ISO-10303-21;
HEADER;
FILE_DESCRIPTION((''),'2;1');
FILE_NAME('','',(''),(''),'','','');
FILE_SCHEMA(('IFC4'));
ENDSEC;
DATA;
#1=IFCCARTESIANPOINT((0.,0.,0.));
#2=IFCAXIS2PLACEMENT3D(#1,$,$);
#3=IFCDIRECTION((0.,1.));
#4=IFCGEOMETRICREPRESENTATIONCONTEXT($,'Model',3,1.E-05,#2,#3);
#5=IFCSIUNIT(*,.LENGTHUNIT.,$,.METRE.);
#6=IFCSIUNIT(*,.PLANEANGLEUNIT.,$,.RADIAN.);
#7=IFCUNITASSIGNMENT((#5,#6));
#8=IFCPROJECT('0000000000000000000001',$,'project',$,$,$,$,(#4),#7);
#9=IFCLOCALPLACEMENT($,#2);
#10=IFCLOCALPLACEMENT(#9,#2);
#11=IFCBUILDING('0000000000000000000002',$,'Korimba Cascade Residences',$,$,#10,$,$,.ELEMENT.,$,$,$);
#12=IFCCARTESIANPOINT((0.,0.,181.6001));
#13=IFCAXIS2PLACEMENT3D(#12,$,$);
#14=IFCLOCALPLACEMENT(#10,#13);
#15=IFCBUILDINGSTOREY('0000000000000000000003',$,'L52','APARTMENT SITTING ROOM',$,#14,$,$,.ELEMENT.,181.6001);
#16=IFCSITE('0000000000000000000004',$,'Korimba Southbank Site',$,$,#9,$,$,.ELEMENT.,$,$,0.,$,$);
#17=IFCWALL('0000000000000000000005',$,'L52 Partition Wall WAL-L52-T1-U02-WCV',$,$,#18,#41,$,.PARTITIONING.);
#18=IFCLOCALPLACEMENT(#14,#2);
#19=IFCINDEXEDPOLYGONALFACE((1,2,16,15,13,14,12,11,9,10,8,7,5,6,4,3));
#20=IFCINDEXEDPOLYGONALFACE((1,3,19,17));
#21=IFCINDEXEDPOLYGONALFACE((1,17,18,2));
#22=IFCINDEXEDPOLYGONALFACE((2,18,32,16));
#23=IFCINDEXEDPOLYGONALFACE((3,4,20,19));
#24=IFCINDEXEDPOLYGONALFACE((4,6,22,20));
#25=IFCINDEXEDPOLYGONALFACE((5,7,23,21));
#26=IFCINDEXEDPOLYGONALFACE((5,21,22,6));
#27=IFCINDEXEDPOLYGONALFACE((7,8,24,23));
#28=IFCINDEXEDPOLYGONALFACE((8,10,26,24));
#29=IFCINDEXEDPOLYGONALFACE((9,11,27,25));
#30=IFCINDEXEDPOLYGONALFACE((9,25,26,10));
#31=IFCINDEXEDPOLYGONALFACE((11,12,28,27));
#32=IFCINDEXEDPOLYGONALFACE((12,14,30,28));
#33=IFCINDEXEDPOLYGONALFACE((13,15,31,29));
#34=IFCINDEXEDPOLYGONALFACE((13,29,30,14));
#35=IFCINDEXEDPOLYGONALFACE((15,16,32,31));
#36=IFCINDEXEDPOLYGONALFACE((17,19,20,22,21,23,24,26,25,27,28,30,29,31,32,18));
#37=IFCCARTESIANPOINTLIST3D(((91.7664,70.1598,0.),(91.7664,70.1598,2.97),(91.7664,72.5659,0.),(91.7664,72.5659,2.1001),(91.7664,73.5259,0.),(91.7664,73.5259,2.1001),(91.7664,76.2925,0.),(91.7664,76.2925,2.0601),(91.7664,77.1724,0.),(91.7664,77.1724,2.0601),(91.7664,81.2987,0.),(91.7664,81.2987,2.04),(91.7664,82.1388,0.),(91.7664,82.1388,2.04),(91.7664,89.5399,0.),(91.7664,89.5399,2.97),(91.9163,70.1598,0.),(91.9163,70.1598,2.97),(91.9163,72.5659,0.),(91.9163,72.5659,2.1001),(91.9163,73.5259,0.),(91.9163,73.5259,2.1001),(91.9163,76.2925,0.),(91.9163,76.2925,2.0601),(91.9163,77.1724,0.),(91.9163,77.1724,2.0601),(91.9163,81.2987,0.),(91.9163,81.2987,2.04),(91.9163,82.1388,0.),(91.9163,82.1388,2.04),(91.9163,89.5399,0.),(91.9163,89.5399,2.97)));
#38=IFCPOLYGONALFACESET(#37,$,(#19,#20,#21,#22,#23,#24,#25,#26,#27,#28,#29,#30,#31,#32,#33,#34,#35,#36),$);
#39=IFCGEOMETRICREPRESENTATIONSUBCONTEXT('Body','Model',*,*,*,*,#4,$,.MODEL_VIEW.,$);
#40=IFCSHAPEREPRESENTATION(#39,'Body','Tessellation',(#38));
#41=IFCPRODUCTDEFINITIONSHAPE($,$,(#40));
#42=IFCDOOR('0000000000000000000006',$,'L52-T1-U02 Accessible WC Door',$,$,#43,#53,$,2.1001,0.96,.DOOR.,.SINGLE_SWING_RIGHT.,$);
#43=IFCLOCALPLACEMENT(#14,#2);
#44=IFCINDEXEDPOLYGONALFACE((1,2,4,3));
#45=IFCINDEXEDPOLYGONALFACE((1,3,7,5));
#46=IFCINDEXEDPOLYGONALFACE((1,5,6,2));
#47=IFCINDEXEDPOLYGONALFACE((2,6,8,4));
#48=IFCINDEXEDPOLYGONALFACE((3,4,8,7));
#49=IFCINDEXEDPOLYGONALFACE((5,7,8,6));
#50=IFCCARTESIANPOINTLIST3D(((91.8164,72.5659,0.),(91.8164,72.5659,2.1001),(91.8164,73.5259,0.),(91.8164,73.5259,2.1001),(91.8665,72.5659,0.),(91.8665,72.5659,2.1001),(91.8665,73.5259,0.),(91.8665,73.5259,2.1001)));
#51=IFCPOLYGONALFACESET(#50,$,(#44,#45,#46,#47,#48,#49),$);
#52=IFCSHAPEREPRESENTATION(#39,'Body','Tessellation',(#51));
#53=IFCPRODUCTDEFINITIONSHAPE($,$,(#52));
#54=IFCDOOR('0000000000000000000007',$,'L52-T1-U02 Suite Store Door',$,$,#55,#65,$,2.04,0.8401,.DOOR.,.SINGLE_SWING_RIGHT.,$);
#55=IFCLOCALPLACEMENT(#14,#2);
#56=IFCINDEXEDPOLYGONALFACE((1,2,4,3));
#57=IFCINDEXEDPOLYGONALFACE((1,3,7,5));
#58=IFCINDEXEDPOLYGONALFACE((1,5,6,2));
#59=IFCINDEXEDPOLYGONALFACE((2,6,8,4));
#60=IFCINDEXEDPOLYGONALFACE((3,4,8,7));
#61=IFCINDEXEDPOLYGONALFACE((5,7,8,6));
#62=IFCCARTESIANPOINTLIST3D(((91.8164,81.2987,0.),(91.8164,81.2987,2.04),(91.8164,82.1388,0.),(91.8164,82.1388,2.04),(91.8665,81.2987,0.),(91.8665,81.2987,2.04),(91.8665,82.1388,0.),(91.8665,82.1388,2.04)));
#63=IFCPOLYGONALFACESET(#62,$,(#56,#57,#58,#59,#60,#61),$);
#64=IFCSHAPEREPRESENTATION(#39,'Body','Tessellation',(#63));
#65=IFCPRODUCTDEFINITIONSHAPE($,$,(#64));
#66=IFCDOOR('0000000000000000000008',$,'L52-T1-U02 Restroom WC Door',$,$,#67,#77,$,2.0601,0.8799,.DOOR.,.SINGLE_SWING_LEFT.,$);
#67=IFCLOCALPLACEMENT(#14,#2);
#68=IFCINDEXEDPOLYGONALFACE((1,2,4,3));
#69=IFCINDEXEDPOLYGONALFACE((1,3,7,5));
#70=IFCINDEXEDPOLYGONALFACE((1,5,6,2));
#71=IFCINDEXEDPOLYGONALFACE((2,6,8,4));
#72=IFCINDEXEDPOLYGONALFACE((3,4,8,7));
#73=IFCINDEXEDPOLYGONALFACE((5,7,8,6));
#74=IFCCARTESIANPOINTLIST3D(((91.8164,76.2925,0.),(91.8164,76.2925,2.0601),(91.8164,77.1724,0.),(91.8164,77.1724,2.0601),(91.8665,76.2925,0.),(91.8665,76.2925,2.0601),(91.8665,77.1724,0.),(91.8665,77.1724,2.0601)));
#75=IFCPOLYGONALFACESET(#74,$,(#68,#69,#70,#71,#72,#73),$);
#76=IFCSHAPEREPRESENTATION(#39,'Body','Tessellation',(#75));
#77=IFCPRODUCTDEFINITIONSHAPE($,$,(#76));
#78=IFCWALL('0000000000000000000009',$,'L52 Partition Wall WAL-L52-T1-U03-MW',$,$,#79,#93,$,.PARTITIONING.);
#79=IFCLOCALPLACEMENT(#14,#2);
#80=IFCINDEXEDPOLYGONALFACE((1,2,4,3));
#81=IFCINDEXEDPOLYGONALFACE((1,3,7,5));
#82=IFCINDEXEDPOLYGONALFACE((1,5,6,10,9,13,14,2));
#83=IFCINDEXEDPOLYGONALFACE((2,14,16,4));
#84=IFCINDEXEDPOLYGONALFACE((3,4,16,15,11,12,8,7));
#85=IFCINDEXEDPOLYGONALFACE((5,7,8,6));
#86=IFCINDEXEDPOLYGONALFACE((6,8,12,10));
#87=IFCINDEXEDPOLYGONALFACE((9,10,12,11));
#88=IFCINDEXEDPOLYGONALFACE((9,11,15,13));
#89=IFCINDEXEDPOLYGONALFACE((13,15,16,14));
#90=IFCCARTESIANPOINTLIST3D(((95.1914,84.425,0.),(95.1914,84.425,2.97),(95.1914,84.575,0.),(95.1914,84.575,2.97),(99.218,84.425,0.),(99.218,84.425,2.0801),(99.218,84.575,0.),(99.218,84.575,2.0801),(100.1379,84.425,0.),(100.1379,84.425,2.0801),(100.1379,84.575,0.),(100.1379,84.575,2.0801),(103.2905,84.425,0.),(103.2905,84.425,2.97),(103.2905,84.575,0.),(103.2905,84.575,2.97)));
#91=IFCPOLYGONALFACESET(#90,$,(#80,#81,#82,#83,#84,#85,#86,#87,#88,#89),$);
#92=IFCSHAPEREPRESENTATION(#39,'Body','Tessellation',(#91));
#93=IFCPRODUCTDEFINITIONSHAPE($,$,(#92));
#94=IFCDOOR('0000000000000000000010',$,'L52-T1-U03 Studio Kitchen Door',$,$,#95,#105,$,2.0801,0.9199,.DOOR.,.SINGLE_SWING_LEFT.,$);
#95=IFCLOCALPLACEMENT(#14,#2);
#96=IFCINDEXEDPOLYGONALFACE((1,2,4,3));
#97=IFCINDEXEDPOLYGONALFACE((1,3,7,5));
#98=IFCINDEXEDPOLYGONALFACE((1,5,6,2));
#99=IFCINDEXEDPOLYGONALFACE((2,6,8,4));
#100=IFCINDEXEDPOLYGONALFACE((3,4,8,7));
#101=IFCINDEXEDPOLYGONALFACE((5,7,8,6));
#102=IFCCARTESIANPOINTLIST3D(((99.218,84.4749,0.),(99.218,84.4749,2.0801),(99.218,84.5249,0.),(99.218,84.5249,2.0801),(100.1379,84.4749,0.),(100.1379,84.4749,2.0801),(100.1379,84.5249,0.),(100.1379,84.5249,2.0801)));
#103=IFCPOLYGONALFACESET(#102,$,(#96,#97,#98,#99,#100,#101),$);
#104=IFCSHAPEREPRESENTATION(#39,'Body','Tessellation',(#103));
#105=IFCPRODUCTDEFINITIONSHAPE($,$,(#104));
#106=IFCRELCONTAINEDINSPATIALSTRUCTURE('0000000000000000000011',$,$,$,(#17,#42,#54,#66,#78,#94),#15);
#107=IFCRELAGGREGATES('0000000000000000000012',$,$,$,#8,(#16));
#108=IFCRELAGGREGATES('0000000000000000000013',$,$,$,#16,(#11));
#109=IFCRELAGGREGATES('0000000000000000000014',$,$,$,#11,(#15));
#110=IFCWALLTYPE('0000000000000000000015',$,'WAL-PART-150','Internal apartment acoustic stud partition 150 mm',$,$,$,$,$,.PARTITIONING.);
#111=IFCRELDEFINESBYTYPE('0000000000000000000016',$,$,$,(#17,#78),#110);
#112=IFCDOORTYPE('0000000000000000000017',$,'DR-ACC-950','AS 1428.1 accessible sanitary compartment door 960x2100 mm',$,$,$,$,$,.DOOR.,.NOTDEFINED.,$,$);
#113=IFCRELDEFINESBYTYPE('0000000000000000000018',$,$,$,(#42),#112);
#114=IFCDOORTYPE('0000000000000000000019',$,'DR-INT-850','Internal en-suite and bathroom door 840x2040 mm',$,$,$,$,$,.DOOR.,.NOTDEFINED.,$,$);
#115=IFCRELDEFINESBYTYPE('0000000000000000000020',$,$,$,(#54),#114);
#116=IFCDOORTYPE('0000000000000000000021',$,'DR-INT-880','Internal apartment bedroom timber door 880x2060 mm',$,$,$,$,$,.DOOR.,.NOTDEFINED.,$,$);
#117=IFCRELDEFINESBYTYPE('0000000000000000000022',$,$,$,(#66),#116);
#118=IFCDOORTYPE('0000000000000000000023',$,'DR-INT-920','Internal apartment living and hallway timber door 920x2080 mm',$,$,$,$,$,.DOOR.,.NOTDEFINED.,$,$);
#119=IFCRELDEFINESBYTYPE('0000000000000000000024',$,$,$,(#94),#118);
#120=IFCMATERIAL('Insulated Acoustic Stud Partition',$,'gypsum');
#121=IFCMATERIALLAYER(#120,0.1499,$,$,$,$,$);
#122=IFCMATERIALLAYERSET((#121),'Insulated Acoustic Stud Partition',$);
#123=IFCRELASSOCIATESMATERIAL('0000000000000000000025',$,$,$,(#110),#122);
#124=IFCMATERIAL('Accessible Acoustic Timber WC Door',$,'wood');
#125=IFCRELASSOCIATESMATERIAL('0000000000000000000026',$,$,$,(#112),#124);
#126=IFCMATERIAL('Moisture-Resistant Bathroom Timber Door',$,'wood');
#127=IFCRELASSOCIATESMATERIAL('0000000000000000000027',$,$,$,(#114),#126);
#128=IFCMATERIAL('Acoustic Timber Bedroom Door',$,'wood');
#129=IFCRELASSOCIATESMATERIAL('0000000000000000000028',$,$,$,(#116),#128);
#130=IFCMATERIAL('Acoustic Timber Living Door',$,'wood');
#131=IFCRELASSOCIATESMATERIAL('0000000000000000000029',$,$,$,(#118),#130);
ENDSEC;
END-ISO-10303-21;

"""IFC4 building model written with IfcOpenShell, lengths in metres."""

from ifc_helpers import new_model, si_unit, direction, frame, frame_2d, origin, place, context, subcontext, project, spatial, rectangle, extrude, material, layer, layer_set, type_object, element, fill, save


model = new_model("IFC4")

# Units and contexts
model_context = context("Model", 3, precision=1e-05, world=origin(), true_north=direction((0.0, 1.0)))
body_context = subcontext(model_context, "Body", "Model", "MODEL_VIEW")
ifc_project = project(units=[si_unit("LENGTHUNIT", "METRE"), si_unit("PLANEANGLEUNIT", "RADIAN")], contexts=[model_context])

# Site, building, storey
site_placement = place(None, origin())
site = spatial("IfcSite", under=ifc_project, at=site_placement, Name="Korimba Southbank Site", CompositionType="ELEMENT", RefElevation=0.0)
building_placement = place(site_placement, origin())
building = spatial("IfcBuilding", under=site, at=building_placement, Name="Korimba Cascade Residences", CompositionType="ELEMENT")
storey_placement = place(building_placement, frame((0.0, 0.0, 181.6001)))
storey = spatial("IfcBuildingStorey", under=building, at=storey_placement, Name="L52", Description="APARTMENT SITTING ROOM", CompositionType="ELEMENT", Elevation=181.6001)

# Shared definitions
ifc_material_1 = material(Name="Insulated Acoustic Stud Partition", Category="gypsum")
ifc_layer_1 = layer(ifc_material_1, 0.1499)
ifc_layer_set_1 = layer_set([ifc_layer_1], Name="Insulated Acoustic Stud Partition")
wall_type_1 = type_object("IfcWallType", Name="WAL-PART-150", Description="Internal apartment acoustic stud partition 150 mm", PredefinedType="PARTITIONING", material=ifc_layer_set_1)

# Wall, openings, doors
wall_1_placement = place(storey_placement, frame((91.8413, 70.1599, 0.0), z_axis=(0.0, 0.0, 1.0), x_axis=(0.0, 1.0, 0.0)))
wall_1 = element("IfcWall", 1, at=wall_1_placement, inside=storey, type_object=wall_type_1, Name="L52 Partition Wall WAL-L52-T1-U02-WCV", PredefinedType="PARTITIONING", context=body_context, shape_type="SweptSolid", body=[
    extrude(rectangle(XDim=19.3801, YDim=0.1499, at=frame_2d((9.6899, 0.0))), origin(), (0.0, 0.0, 1.0), 2.97),
])
opening_1_placement = place(wall_1_placement, frame((2.406, 0.0, 0.0)))
opening_1 = element("IfcOpeningElement", 2, at=opening_1_placement, cuts=wall_1, PredefinedType="OPENING", context=body_context, shape_type="SweptSolid", body=[
    extrude(rectangle(XDim=0.96, YDim=2.1001, at=frame_2d((0.48, 1.05))), frame((0.0, 0.085, 0.0), z_axis=(0.0, -1.0, 0.0), x_axis=(1.0, 0.0, 0.0)), (0.0, 0.0, 1.0), 0.1699),
])
opening_2_placement = place(wall_1_placement, frame((6.1326, 0.0, 0.0)))
opening_2 = element("IfcOpeningElement", 3, at=opening_2_placement, cuts=wall_1, PredefinedType="OPENING", context=body_context, shape_type="SweptSolid", body=[
    extrude(rectangle(XDim=0.8799, YDim=2.0601, at=frame_2d((0.4399, 1.03))), frame((0.0, 0.085, 0.0), z_axis=(0.0, -1.0, 0.0), x_axis=(1.0, 0.0, 0.0)), (0.0, 0.0, 1.0), 0.1699),
])
opening_3_placement = place(wall_1_placement, frame((11.1389, 0.0, 0.0)))
opening_3 = element("IfcOpeningElement", 4, at=opening_3_placement, cuts=wall_1, PredefinedType="OPENING", context=body_context, shape_type="SweptSolid", body=[
    extrude(rectangle(XDim=0.8401, YDim=2.04, at=frame_2d((0.4199, 1.02))), frame((0.0, 0.085, 0.0), z_axis=(0.0, -1.0, 0.0), x_axis=(1.0, 0.0, 0.0)), (0.0, 0.0, 1.0), 0.1699),
])
ifc_material_2 = material(Name="Accessible Acoustic Timber WC Door", Category="wood")
door_type_1 = type_object("IfcDoorType", Name="DR-ACC-950", Description="AS 1428.1 accessible sanitary compartment door 960x2100 mm", OperationType="NOTDEFINED", PredefinedType="DOOR", material=ifc_material_2)
door_1_placement = place(opening_1_placement, origin())
door_1 = element("IfcDoor", 5, at=door_1_placement, inside=storey, type_object=door_type_1, Name="L52-T1-U02 Accessible WC Door", OperationType="SINGLE_SWING_RIGHT", OverallHeight=2.1001, OverallWidth=0.96, PredefinedType="DOOR", context=body_context, shape_type="SweptSolid", body=[
    extrude(rectangle(XDim=0.96, YDim=2.1001, at=frame_2d((0.48, 1.05))), frame((0.0, 0.0249, 0.0), z_axis=(0.0, -1.0, 0.0), x_axis=(1.0, 0.0, 0.0)), (0.0, 0.0, 1.0), 0.05),
])
fill(opening_1, door_1)
ifc_material_3 = material(Name="Moisture-Resistant Bathroom Timber Door", Category="wood")
door_type_2 = type_object("IfcDoorType", Name="DR-INT-850", Description="Internal en-suite and bathroom door 840x2040 mm", OperationType="NOTDEFINED", PredefinedType="DOOR", material=ifc_material_3)
door_2_placement = place(opening_3_placement, origin())
door_2 = element("IfcDoor", 6, at=door_2_placement, inside=storey, type_object=door_type_2, Name="L52-T1-U02 Suite Store Door", OperationType="SINGLE_SWING_RIGHT", OverallHeight=2.04, OverallWidth=0.8401, PredefinedType="DOOR", context=body_context, shape_type="SweptSolid", body=[
    extrude(rectangle(XDim=0.8401, YDim=2.04, at=frame_2d((0.4199, 1.02))), frame((0.0, 0.0249, 0.0), z_axis=(0.0, -1.0, 0.0), x_axis=(1.0, 0.0, 0.0)), (0.0, 0.0, 1.0), 0.05),
])
fill(opening_3, door_2)
ifc_material_4 = material(Name="Acoustic Timber Bedroom Door", Category="wood")
door_type_3 = type_object("IfcDoorType", Name="DR-INT-880", Description="Internal apartment bedroom timber door 880x2060 mm", OperationType="NOTDEFINED", PredefinedType="DOOR", material=ifc_material_4)
door_3_placement = place(opening_2_placement, origin())
door_3 = element("IfcDoor", 7, at=door_3_placement, inside=storey, type_object=door_type_3, Name="L52-T1-U02 Restroom WC Door", OperationType="SINGLE_SWING_LEFT", OverallHeight=2.0601, OverallWidth=0.8799, PredefinedType="DOOR", context=body_context, shape_type="SweptSolid", body=[
    extrude(rectangle(XDim=0.8799, YDim=2.0601, at=frame_2d((0.4399, 1.03))), frame((0.0, 0.0249, 0.0), z_axis=(0.0, -1.0, 0.0), x_axis=(1.0, 0.0, 0.0)), (0.0, 0.0, 1.0), 0.05),
])
fill(opening_2, door_3)

# Wall, opening, door
wall_2_placement = place(storey_placement, frame((95.1914, 84.5, 0.0), z_axis=(0.0, 0.0, 1.0), x_axis=(1.0, 0.0, 0.0)))
wall_2 = element("IfcWall", 8, at=wall_2_placement, inside=storey, type_object=wall_type_1, Name="L52 Partition Wall WAL-L52-T1-U03-MW", PredefinedType="PARTITIONING", context=body_context, shape_type="SweptSolid", body=[
    extrude(rectangle(XDim=8.0991, YDim=0.1499, at=frame_2d((4.0496, 0.0))), origin(), (0.0, 0.0, 1.0), 2.97),
])
opening_4_placement = place(wall_2_placement, frame((4.0266, 0.0, 0.0)))
opening_4 = element("IfcOpeningElement", 9, at=opening_4_placement, cuts=wall_2, PredefinedType="OPENING", context=body_context, shape_type="SweptSolid", body=[
    extrude(rectangle(XDim=0.9199, YDim=2.0801, at=frame_2d((0.46, 1.04))), frame((0.0, 0.085, 0.0), z_axis=(0.0, -1.0, 0.0), x_axis=(1.0, 0.0, 0.0)), (0.0, 0.0, 1.0), 0.1699),
])
ifc_material_5 = material(Name="Acoustic Timber Living Door", Category="wood")
door_type_4 = type_object("IfcDoorType", Name="DR-INT-920", Description="Internal apartment living and hallway timber door 920x2080 mm", OperationType="NOTDEFINED", PredefinedType="DOOR", material=ifc_material_5)
door_4_placement = place(opening_4_placement, origin())
door_4 = element("IfcDoor", 10, at=door_4_placement, inside=storey, type_object=door_type_4, Name="L52-T1-U03 Studio Kitchen Door", OperationType="SINGLE_SWING_LEFT", OverallHeight=2.0801, OverallWidth=0.9199, PredefinedType="DOOR", context=body_context, shape_type="SweptSolid", body=[
    extrude(rectangle(XDim=0.9199, YDim=2.0801, at=frame_2d((0.46, 1.04))), frame((0.0, 0.0249, 0.0), z_axis=(0.0, -1.0, 0.0), x_axis=(1.0, 0.0, 0.0)), (0.0, 0.0, 1.0), 0.05),
])
fill(opening_4, door_4)

save(model, "model.ifc")
